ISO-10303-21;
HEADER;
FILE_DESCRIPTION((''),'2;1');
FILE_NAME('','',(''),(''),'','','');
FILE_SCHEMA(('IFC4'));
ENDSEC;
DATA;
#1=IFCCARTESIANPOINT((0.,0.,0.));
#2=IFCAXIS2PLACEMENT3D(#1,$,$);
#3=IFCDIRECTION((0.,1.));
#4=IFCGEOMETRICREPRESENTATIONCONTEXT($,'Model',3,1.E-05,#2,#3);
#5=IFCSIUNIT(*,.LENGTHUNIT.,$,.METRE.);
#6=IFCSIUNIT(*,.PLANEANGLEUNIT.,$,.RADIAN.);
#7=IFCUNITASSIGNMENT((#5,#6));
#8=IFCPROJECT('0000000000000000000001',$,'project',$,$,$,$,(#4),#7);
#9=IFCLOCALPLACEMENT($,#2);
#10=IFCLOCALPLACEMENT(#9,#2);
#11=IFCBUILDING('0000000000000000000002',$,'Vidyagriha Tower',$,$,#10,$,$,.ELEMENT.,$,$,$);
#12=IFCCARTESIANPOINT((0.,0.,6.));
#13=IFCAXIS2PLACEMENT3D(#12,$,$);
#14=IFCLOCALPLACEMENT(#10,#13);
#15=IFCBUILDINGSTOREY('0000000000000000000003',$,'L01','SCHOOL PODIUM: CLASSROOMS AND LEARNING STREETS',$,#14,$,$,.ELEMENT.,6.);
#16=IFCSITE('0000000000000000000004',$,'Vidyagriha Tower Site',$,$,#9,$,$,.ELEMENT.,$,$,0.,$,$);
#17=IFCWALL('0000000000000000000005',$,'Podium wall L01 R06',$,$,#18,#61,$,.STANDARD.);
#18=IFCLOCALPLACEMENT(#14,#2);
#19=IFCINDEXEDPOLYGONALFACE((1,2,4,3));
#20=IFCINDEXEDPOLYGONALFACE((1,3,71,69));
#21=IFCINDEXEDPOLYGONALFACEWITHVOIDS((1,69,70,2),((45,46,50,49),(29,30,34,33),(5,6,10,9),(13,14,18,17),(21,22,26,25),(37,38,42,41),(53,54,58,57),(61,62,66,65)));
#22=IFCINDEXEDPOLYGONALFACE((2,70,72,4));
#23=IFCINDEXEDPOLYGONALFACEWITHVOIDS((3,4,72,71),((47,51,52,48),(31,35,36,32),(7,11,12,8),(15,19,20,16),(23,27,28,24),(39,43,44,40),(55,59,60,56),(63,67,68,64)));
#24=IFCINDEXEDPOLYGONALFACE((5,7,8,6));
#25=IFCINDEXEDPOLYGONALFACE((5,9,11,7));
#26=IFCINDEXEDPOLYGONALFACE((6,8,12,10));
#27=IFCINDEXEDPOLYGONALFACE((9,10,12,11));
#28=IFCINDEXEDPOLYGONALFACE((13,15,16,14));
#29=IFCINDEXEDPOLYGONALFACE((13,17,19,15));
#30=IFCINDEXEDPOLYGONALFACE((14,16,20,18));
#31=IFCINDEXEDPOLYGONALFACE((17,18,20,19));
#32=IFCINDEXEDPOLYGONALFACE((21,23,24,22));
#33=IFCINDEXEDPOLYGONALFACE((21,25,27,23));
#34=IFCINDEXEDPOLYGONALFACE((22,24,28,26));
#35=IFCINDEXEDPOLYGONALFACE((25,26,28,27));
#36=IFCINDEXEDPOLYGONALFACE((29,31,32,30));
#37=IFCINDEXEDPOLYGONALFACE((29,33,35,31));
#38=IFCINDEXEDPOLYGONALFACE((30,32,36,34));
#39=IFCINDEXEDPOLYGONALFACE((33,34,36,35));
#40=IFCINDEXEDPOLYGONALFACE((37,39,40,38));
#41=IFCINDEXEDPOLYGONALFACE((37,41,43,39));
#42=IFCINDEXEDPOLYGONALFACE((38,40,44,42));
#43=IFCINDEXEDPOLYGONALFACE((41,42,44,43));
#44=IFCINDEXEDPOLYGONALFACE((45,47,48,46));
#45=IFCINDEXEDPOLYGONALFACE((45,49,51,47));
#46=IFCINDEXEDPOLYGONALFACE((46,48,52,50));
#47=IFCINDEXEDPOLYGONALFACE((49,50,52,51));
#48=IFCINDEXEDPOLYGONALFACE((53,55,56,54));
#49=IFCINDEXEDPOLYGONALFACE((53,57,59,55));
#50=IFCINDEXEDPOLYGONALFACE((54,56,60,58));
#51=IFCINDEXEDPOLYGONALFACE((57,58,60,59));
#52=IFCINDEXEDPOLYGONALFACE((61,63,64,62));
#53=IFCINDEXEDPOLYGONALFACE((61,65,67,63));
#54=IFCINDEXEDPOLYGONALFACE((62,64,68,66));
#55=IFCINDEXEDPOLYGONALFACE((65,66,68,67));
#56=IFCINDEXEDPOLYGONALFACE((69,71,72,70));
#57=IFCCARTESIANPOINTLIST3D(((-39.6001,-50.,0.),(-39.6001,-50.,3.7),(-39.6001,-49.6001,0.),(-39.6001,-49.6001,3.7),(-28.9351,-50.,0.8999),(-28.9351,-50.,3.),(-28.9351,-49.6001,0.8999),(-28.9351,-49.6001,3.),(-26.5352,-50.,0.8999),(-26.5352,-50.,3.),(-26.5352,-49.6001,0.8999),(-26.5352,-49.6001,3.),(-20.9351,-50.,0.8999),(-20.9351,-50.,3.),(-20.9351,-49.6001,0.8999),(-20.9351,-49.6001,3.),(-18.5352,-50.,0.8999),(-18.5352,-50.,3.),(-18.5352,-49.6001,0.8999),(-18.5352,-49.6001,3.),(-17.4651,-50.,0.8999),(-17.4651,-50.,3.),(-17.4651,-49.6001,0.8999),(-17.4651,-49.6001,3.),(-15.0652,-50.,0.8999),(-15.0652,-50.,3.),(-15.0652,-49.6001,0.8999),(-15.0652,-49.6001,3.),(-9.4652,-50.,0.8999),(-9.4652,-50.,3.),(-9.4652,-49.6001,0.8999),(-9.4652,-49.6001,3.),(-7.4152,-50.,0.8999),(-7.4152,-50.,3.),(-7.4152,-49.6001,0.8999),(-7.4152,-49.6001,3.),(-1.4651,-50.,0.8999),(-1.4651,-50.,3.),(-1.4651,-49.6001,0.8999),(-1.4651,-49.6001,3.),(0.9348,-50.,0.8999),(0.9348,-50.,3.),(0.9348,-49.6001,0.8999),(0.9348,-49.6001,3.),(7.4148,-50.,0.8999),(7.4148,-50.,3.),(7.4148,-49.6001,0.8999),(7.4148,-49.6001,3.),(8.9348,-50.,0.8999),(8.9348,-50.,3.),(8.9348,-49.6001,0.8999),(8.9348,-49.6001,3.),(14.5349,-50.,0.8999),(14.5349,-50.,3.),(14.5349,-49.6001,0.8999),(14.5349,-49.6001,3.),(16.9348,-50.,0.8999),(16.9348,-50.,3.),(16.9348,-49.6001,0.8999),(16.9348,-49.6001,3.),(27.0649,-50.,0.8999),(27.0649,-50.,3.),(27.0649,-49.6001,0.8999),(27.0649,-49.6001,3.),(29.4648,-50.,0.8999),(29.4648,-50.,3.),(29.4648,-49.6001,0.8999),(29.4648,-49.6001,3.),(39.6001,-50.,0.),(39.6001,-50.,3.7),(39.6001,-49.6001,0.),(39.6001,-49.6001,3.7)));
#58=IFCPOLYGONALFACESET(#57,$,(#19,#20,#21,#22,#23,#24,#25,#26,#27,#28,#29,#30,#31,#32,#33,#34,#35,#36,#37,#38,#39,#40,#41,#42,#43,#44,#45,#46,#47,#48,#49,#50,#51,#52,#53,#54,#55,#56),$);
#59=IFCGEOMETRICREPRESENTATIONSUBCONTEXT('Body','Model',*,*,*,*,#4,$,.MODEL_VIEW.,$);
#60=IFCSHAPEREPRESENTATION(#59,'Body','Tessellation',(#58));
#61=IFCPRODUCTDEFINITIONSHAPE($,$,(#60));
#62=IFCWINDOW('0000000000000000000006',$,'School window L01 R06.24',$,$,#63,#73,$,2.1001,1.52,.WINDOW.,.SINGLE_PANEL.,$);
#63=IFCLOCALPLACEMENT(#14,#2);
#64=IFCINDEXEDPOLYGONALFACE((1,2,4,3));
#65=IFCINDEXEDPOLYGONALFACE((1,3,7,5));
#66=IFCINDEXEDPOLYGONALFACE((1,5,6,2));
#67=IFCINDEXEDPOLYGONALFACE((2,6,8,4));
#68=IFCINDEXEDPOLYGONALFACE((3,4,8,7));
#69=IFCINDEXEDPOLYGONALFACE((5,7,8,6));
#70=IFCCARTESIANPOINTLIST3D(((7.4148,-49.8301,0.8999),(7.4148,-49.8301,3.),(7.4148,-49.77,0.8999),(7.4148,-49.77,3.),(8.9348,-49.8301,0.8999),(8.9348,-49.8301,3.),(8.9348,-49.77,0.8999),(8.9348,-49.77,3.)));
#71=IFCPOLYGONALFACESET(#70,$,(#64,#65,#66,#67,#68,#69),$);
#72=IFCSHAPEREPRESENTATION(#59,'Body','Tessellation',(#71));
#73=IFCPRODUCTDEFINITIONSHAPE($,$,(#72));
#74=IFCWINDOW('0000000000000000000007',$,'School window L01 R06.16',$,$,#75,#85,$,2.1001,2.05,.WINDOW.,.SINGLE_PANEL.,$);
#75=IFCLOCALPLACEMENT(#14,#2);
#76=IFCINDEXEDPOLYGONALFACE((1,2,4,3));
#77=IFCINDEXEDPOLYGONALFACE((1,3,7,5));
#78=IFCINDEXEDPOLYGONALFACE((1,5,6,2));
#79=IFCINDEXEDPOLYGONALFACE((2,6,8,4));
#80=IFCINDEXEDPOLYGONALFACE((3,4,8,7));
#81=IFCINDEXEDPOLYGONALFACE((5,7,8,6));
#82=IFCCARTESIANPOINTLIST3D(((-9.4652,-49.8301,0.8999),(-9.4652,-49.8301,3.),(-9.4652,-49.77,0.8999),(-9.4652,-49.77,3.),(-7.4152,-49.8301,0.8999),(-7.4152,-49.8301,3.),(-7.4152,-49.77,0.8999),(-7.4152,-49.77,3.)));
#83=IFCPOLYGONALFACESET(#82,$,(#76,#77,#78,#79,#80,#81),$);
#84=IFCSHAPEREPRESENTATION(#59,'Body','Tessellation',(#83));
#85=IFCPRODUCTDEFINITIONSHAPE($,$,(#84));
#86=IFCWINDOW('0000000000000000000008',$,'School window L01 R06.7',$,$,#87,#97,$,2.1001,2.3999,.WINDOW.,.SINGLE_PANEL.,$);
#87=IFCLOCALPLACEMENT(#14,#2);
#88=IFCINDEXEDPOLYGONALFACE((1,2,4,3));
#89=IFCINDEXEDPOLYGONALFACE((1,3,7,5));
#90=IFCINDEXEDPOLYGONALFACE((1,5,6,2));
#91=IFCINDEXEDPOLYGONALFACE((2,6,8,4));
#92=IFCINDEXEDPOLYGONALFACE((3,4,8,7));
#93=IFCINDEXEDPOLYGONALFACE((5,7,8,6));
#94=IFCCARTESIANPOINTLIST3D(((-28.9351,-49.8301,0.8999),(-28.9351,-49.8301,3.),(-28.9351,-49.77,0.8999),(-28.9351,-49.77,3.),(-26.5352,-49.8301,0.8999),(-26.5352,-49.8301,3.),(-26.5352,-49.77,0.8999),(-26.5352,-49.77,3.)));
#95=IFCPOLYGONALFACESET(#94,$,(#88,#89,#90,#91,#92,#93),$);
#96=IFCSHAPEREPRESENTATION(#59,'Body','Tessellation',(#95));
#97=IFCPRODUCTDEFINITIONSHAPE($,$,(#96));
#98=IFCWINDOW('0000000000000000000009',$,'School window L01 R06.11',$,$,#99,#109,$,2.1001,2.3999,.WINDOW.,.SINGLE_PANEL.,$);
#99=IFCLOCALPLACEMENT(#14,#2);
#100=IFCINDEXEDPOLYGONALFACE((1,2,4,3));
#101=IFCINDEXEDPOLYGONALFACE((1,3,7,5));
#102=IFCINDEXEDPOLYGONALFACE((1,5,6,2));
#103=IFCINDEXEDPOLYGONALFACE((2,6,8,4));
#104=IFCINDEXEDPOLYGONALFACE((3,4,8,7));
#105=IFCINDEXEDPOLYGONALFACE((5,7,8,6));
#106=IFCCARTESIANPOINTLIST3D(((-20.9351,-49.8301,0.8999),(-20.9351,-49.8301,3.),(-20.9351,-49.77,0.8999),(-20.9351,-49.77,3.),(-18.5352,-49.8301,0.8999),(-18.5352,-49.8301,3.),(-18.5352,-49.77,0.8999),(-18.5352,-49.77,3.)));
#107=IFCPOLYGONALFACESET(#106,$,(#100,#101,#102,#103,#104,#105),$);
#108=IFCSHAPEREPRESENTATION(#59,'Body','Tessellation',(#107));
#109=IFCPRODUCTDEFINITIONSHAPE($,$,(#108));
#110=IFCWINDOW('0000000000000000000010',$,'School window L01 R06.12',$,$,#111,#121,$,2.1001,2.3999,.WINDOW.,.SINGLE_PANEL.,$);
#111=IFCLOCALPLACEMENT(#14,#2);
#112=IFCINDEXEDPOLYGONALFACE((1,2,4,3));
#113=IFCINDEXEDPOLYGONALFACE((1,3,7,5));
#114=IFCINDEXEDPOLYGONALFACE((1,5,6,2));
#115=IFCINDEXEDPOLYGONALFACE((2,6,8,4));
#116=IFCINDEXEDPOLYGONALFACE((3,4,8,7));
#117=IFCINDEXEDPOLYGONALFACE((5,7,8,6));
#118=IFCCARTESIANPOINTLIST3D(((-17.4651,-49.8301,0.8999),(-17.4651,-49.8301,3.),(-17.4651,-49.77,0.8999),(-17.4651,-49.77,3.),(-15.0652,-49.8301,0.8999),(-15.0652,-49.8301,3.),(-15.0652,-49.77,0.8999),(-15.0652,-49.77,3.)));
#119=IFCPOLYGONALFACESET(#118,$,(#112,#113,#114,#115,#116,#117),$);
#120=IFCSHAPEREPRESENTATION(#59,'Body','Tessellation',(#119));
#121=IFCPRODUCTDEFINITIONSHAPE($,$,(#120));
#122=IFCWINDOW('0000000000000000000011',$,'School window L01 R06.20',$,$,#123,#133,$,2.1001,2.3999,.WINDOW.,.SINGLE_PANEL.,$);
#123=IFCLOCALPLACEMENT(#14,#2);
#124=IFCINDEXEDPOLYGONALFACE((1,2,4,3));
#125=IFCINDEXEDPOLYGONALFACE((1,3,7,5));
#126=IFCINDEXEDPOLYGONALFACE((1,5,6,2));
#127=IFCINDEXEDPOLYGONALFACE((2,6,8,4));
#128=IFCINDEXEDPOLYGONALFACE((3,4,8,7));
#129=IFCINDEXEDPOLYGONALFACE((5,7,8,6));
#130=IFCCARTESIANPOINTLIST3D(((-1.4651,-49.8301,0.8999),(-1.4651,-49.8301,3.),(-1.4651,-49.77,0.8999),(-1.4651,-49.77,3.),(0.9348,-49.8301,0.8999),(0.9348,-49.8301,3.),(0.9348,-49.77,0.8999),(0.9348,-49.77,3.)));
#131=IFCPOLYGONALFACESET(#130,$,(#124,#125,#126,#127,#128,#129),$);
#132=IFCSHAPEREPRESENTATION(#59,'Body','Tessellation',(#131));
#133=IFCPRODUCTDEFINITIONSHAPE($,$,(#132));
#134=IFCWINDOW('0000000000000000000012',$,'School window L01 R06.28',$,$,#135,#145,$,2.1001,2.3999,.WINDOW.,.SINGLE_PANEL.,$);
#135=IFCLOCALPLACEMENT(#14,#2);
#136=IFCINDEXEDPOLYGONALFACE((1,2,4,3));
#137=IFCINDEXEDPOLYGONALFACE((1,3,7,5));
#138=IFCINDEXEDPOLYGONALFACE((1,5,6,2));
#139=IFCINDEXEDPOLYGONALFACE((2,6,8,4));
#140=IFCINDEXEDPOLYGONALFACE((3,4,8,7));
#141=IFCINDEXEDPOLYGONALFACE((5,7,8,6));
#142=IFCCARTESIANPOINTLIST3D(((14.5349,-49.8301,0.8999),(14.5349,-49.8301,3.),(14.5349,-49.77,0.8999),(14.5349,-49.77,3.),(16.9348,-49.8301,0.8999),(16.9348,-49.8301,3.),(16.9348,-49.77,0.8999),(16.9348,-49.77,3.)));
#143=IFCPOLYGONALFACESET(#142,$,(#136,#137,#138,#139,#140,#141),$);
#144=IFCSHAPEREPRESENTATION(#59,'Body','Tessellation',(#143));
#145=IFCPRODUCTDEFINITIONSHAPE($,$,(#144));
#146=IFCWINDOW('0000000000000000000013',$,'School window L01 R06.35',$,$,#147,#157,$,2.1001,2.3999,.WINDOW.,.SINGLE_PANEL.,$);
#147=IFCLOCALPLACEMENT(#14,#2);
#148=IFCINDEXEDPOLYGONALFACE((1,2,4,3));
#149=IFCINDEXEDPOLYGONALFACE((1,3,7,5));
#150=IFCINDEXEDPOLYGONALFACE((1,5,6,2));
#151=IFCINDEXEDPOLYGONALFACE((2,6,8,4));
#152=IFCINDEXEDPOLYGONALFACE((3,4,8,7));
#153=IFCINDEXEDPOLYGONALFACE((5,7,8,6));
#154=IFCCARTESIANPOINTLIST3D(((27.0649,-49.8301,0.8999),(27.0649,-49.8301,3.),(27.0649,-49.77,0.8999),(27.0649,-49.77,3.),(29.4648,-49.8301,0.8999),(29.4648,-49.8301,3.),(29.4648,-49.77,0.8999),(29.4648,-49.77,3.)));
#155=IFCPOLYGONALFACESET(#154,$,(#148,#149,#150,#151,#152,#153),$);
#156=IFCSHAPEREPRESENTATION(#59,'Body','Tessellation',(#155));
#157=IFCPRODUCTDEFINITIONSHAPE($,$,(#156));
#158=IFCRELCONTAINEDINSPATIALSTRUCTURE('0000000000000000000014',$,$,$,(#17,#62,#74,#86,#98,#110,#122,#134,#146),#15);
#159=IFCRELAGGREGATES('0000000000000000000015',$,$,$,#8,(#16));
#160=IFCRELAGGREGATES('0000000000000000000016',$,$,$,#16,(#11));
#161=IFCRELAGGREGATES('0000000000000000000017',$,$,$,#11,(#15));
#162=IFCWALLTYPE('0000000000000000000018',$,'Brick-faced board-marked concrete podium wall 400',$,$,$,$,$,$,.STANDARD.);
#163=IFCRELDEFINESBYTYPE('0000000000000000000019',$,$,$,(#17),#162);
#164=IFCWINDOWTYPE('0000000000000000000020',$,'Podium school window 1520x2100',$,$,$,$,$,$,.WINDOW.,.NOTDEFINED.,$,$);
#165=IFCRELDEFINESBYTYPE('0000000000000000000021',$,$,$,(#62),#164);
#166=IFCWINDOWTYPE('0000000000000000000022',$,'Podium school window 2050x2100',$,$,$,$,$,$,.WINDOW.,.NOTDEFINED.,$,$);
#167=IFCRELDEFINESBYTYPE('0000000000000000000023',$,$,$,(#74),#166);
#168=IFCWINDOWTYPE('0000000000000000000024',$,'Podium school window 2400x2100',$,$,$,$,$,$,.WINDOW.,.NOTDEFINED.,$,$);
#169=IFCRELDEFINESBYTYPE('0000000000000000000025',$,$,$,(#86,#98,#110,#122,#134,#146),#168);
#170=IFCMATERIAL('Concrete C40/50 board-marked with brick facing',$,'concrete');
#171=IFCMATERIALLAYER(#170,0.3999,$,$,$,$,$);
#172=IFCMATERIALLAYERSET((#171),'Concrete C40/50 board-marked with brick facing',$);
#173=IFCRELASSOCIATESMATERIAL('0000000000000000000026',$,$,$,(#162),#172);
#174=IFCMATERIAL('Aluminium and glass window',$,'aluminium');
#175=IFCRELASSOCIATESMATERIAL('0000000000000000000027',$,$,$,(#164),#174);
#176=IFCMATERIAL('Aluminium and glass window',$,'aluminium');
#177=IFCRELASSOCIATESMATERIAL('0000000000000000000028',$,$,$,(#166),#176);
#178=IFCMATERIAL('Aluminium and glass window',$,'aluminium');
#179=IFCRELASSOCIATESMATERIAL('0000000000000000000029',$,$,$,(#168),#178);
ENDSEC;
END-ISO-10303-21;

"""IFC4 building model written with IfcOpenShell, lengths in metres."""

from ifc_helpers import new_model, si_unit, direction, frame, frame_2d, origin, place, context, subcontext, project, spatial, rectangle, extrude, material, layer, layer_set, type_object, element, fill, save


model = new_model("IFC4")

# Units and contexts
model_context = context("Model", 3, precision=1e-05, world=origin(), true_north=direction((0.0, 1.0)))
body_context = subcontext(model_context, "Body", "Model", "MODEL_VIEW")
ifc_project = project(units=[si_unit("LENGTHUNIT", "METRE"), si_unit("PLANEANGLEUNIT", "RADIAN")], contexts=[model_context])

# Site, building, storey
site_placement = place(None, origin())
site = spatial("IfcSite", under=ifc_project, at=site_placement, Name="Vidyagriha Tower Site", CompositionType="ELEMENT", RefElevation=0.0)
building_placement = place(site_placement, origin())
building = spatial("IfcBuilding", under=site, at=building_placement, Name="Vidyagriha Tower", CompositionType="ELEMENT")
storey_placement = place(building_placement, frame((0.0, 0.0, 6.0)))
storey = spatial("IfcBuildingStorey", under=building, at=storey_placement, Name="L01", Description="SCHOOL PODIUM: CLASSROOMS AND LEARNING STREETS", CompositionType="ELEMENT", Elevation=6.0)

# Wall, openings, windows
ifc_material_1 = material(Name="Concrete C40/50 board-marked with brick facing", Category="concrete")
ifc_layer_1 = layer(ifc_material_1, 0.3999)
ifc_layer_set_1 = layer_set([ifc_layer_1], Name="Concrete C40/50 board-marked with brick facing")
wall_type_1 = type_object("IfcWallType", Name="Brick-faced board-marked concrete podium wall 400", PredefinedType="STANDARD", material=ifc_layer_set_1)
wall_1_placement = place(storey_placement, frame((-39.6001, -49.8, 0.0)))
wall_1 = element("IfcWall", 1, at=wall_1_placement, inside=storey, type_object=wall_type_1, Name="Podium wall L01 R06", PredefinedType="STANDARD", context=body_context, shape_type="SweptSolid", body=[
    extrude(rectangle(XDim=79.2002, YDim=0.3999, at=frame_2d((39.6001, 0.0))), origin(), (0.0, 0.0, 1.0), 3.7),
])
opening_1_placement = place(wall_1_placement, frame((10.665, 0.0, 0.8999)))
opening_1 = element("IfcOpeningElement", 2, at=opening_1_placement, cuts=wall_1, PredefinedType="OPENING", context=body_context, shape_type="SweptSolid", body=[
    extrude(rectangle(XDim=2.3999, YDim=2.1001, at=frame_2d((1.2, 1.05))), frame((0.0, 0.21, 0.0), z_axis=(0.0, -1.0, 0.0), x_axis=(1.0, 0.0, 0.0)), (0.0, 0.0, 1.0), 0.4199),
])
opening_2_placement = place(wall_1_placement, frame((18.665, 0.0, 0.8999)))
opening_2 = element("IfcOpeningElement", 3, at=opening_2_placement, cuts=wall_1, PredefinedType="OPENING", context=body_context, shape_type="SweptSolid", body=[
    extrude(rectangle(XDim=2.3999, YDim=2.1001, at=frame_2d((1.2, 1.05))), frame((0.0, 0.21, 0.0), z_axis=(0.0, -1.0, 0.0), x_axis=(1.0, 0.0, 0.0)), (0.0, 0.0, 1.0), 0.4199),
])
opening_3_placement = place(wall_1_placement, frame((22.135, 0.0, 0.8999)))
opening_3 = element("IfcOpeningElement", 4, at=opening_3_placement, cuts=wall_1, PredefinedType="OPENING", context=body_context, shape_type="SweptSolid", body=[
    extrude(rectangle(XDim=2.3999, YDim=2.1001, at=frame_2d((1.2, 1.05))), frame((0.0, 0.21, 0.0), z_axis=(0.0, -1.0, 0.0), x_axis=(1.0, 0.0, 0.0)), (0.0, 0.0, 1.0), 0.4199),
])
opening_4_placement = place(wall_1_placement, frame((30.135, 0.0, 0.8999)))
opening_4 = element("IfcOpeningElement", 5, at=opening_4_placement, cuts=wall_1, PredefinedType="OPENING", context=body_context, shape_type="SweptSolid", body=[
    extrude(rectangle(XDim=2.05, YDim=2.1001, at=frame_2d((1.0249, 1.05))), frame((0.0, 0.21, 0.0), z_axis=(0.0, -1.0, 0.0), x_axis=(1.0, 0.0, 0.0)), (0.0, 0.0, 1.0), 0.4199),
])
opening_5_placement = place(wall_1_placement, frame((38.135, 0.0, 0.8999)))
opening_5 = element("IfcOpeningElement", 6, at=opening_5_placement, cuts=wall_1, PredefinedType="OPENING", context=body_context, shape_type="SweptSolid", body=[
    extrude(rectangle(XDim=2.3999, YDim=2.1001, at=frame_2d((1.2, 1.05))), frame((0.0, 0.21, 0.0), z_axis=(0.0, -1.0, 0.0), x_axis=(1.0, 0.0, 0.0)), (0.0, 0.0, 1.0), 0.4199),
])
opening_6_placement = place(wall_1_placement, frame((47.0149, 0.0, 0.8999)))
opening_6 = element("IfcOpeningElement", 7, at=opening_6_placement, cuts=wall_1, PredefinedType="OPENING", context=body_context, shape_type="SweptSolid", body=[
    extrude(rectangle(XDim=1.52, YDim=2.1001, at=frame_2d((0.76, 1.05))), frame((0.0, 0.21, 0.0), z_axis=(0.0, -1.0, 0.0), x_axis=(1.0, 0.0, 0.0)), (0.0, 0.0, 1.0), 0.4199),
])
opening_7_placement = place(wall_1_placement, frame((54.135, 0.0, 0.8999)))
opening_7 = element("IfcOpeningElement", 8, at=opening_7_placement, cuts=wall_1, PredefinedType="OPENING", context=body_context, shape_type="SweptSolid", body=[
    extrude(rectangle(XDim=2.3999, YDim=2.1001, at=frame_2d((1.2, 1.05))), frame((0.0, 0.21, 0.0), z_axis=(0.0, -1.0, 0.0), x_axis=(1.0, 0.0, 0.0)), (0.0, 0.0, 1.0), 0.4199),
])
opening_8_placement = place(wall_1_placement, frame((66.665, 0.0, 0.8999)))
opening_8 = element("IfcOpeningElement", 9, at=opening_8_placement, cuts=wall_1, PredefinedType="OPENING", context=body_context, shape_type="SweptSolid", body=[
    extrude(rectangle(XDim=2.3999, YDim=2.1001, at=frame_2d((1.2, 1.05))), frame((0.0, 0.21, 0.0), z_axis=(0.0, -1.0, 0.0), x_axis=(1.0, 0.0, 0.0)), (0.0, 0.0, 1.0), 0.4199),
])
ifc_material_2 = material(Name="Aluminium and glass window", Category="aluminium")
window_type_1 = type_object("IfcWindowType", Name="Podium school window 1520x2100", PartitioningType="NOTDEFINED", PredefinedType="WINDOW", material=ifc_material_2)
window_1_placement = place(opening_6_placement, origin())
window_1 = element("IfcWindow", 10, at=window_1_placement, inside=storey, type_object=window_type_1, Name="School window L01 R06.24", OverallHeight=2.1001, OverallWidth=1.52, PartitioningType="SINGLE_PANEL", PredefinedType="WINDOW", context=body_context, shape_type="SweptSolid", body=[
    extrude(rectangle(XDim=1.52, YDim=2.1001, at=frame_2d((0.76, 1.05))), frame((0.0, 0.03, 0.0), z_axis=(0.0, -1.0, 0.0), x_axis=(1.0, 0.0, 0.0)), (0.0, 0.0, 1.0), 0.0601),
])
fill(opening_6, window_1)
ifc_material_3 = material(Name="Aluminium and glass window", Category="aluminium")
window_type_2 = type_object("IfcWindowType", Name="Podium school window 2050x2100", PartitioningType="NOTDEFINED", PredefinedType="WINDOW", material=ifc_material_3)
window_2_placement = place(opening_4_placement, origin())
window_2 = element("IfcWindow", 11, at=window_2_placement, inside=storey, type_object=window_type_2, Name="School window L01 R06.16", OverallHeight=2.1001, OverallWidth=2.05, PartitioningType="SINGLE_PANEL", PredefinedType="WINDOW", context=body_context, shape_type="SweptSolid", body=[
    extrude(rectangle(XDim=2.05, YDim=2.1001, at=frame_2d((1.0249, 1.05))), frame((0.0, 0.03, 0.0), z_axis=(0.0, -1.0, 0.0), x_axis=(1.0, 0.0, 0.0)), (0.0, 0.0, 1.0), 0.0601),
])
fill(opening_4, window_2)
ifc_material_4 = material(Name="Aluminium and glass window", Category="aluminium")
window_type_3 = type_object("IfcWindowType", Name="Podium school window 2400x2100", PartitioningType="NOTDEFINED", PredefinedType="WINDOW", material=ifc_material_4)
window_3_placement = place(opening_1_placement, origin())
window_3 = element("IfcWindow", 12, at=window_3_placement, inside=storey, type_object=window_type_3, Name="School window L01 R06.7", OverallHeight=2.1001, OverallWidth=2.3999, PartitioningType="SINGLE_PANEL", PredefinedType="WINDOW", context=body_context, shape_type="SweptSolid", body=[
    extrude(rectangle(XDim=2.3999, YDim=2.1001, at=frame_2d((1.2, 1.05))), frame((0.0, 0.03, 0.0), z_axis=(0.0, -1.0, 0.0), x_axis=(1.0, 0.0, 0.0)), (0.0, 0.0, 1.0), 0.0601),
])
fill(opening_1, window_3)
window_4_placement = place(opening_2_placement, origin())
window_4 = element("IfcWindow", 13, at=window_4_placement, inside=storey, type_object=window_type_3, Name="School window L01 R06.11", OverallHeight=2.1001, OverallWidth=2.3999, PartitioningType="SINGLE_PANEL", PredefinedType="WINDOW", context=body_context, shape_type="SweptSolid", body=[
    extrude(rectangle(XDim=2.3999, YDim=2.1001, at=frame_2d((1.2, 1.05))), frame((0.0, 0.03, 0.0), z_axis=(0.0, -1.0, 0.0), x_axis=(1.0, 0.0, 0.0)), (0.0, 0.0, 1.0), 0.0601),
])
fill(opening_2, window_4)
window_5_placement = place(opening_3_placement, origin())
window_5 = element("IfcWindow", 14, at=window_5_placement, inside=storey, type_object=window_type_3, Name="School window L01 R06.12", OverallHeight=2.1001, OverallWidth=2.3999, PartitioningType="SINGLE_PANEL", PredefinedType="WINDOW", context=body_context, shape_type="SweptSolid", body=[
    extrude(rectangle(XDim=2.3999, YDim=2.1001, at=frame_2d((1.2, 1.05))), frame((0.0, 0.03, 0.0), z_axis=(0.0, -1.0, 0.0), x_axis=(1.0, 0.0, 0.0)), (0.0, 0.0, 1.0), 0.0601),
])
fill(opening_3, window_5)
window_6_placement = place(opening_5_placement, origin())
window_6 = element("IfcWindow", 15, at=window_6_placement, inside=storey, type_object=window_type_3, Name="School window L01 R06.20", OverallHeight=2.1001, OverallWidth=2.3999, PartitioningType="SINGLE_PANEL", PredefinedType="WINDOW", context=body_context, shape_type="SweptSolid", body=[
    extrude(rectangle(XDim=2.3999, YDim=2.1001, at=frame_2d((1.2, 1.05))), frame((0.0, 0.03, 0.0), z_axis=(0.0, -1.0, 0.0), x_axis=(1.0, 0.0, 0.0)), (0.0, 0.0, 1.0), 0.0601),
])
fill(opening_5, window_6)
window_7_placement = place(opening_7_placement, origin())
window_7 = element("IfcWindow", 16, at=window_7_placement, inside=storey, type_object=window_type_3, Name="School window L01 R06.28", OverallHeight=2.1001, OverallWidth=2.3999, PartitioningType="SINGLE_PANEL", PredefinedType="WINDOW", context=body_context, shape_type="SweptSolid", body=[
    extrude(rectangle(XDim=2.3999, YDim=2.1001, at=frame_2d((1.2, 1.05))), frame((0.0, 0.03, 0.0), z_axis=(0.0, -1.0, 0.0), x_axis=(1.0, 0.0, 0.0)), (0.0, 0.0, 1.0), 0.0601),
])
fill(opening_7, window_7)
window_8_placement = place(opening_8_placement, origin())
window_8 = element("IfcWindow", 17, at=window_8_placement, inside=storey, type_object=window_type_3, Name="School window L01 R06.35", OverallHeight=2.1001, OverallWidth=2.3999, PartitioningType="SINGLE_PANEL", PredefinedType="WINDOW", context=body_context, shape_type="SweptSolid", body=[
    extrude(rectangle(XDim=2.3999, YDim=2.1001, at=frame_2d((1.2, 1.05))), frame((0.0, 0.03, 0.0), z_axis=(0.0, -1.0, 0.0), x_axis=(1.0, 0.0, 0.0)), (0.0, 0.0, 1.0), 0.0601),
])
fill(opening_8, window_8)

save(model, "model.ifc")
